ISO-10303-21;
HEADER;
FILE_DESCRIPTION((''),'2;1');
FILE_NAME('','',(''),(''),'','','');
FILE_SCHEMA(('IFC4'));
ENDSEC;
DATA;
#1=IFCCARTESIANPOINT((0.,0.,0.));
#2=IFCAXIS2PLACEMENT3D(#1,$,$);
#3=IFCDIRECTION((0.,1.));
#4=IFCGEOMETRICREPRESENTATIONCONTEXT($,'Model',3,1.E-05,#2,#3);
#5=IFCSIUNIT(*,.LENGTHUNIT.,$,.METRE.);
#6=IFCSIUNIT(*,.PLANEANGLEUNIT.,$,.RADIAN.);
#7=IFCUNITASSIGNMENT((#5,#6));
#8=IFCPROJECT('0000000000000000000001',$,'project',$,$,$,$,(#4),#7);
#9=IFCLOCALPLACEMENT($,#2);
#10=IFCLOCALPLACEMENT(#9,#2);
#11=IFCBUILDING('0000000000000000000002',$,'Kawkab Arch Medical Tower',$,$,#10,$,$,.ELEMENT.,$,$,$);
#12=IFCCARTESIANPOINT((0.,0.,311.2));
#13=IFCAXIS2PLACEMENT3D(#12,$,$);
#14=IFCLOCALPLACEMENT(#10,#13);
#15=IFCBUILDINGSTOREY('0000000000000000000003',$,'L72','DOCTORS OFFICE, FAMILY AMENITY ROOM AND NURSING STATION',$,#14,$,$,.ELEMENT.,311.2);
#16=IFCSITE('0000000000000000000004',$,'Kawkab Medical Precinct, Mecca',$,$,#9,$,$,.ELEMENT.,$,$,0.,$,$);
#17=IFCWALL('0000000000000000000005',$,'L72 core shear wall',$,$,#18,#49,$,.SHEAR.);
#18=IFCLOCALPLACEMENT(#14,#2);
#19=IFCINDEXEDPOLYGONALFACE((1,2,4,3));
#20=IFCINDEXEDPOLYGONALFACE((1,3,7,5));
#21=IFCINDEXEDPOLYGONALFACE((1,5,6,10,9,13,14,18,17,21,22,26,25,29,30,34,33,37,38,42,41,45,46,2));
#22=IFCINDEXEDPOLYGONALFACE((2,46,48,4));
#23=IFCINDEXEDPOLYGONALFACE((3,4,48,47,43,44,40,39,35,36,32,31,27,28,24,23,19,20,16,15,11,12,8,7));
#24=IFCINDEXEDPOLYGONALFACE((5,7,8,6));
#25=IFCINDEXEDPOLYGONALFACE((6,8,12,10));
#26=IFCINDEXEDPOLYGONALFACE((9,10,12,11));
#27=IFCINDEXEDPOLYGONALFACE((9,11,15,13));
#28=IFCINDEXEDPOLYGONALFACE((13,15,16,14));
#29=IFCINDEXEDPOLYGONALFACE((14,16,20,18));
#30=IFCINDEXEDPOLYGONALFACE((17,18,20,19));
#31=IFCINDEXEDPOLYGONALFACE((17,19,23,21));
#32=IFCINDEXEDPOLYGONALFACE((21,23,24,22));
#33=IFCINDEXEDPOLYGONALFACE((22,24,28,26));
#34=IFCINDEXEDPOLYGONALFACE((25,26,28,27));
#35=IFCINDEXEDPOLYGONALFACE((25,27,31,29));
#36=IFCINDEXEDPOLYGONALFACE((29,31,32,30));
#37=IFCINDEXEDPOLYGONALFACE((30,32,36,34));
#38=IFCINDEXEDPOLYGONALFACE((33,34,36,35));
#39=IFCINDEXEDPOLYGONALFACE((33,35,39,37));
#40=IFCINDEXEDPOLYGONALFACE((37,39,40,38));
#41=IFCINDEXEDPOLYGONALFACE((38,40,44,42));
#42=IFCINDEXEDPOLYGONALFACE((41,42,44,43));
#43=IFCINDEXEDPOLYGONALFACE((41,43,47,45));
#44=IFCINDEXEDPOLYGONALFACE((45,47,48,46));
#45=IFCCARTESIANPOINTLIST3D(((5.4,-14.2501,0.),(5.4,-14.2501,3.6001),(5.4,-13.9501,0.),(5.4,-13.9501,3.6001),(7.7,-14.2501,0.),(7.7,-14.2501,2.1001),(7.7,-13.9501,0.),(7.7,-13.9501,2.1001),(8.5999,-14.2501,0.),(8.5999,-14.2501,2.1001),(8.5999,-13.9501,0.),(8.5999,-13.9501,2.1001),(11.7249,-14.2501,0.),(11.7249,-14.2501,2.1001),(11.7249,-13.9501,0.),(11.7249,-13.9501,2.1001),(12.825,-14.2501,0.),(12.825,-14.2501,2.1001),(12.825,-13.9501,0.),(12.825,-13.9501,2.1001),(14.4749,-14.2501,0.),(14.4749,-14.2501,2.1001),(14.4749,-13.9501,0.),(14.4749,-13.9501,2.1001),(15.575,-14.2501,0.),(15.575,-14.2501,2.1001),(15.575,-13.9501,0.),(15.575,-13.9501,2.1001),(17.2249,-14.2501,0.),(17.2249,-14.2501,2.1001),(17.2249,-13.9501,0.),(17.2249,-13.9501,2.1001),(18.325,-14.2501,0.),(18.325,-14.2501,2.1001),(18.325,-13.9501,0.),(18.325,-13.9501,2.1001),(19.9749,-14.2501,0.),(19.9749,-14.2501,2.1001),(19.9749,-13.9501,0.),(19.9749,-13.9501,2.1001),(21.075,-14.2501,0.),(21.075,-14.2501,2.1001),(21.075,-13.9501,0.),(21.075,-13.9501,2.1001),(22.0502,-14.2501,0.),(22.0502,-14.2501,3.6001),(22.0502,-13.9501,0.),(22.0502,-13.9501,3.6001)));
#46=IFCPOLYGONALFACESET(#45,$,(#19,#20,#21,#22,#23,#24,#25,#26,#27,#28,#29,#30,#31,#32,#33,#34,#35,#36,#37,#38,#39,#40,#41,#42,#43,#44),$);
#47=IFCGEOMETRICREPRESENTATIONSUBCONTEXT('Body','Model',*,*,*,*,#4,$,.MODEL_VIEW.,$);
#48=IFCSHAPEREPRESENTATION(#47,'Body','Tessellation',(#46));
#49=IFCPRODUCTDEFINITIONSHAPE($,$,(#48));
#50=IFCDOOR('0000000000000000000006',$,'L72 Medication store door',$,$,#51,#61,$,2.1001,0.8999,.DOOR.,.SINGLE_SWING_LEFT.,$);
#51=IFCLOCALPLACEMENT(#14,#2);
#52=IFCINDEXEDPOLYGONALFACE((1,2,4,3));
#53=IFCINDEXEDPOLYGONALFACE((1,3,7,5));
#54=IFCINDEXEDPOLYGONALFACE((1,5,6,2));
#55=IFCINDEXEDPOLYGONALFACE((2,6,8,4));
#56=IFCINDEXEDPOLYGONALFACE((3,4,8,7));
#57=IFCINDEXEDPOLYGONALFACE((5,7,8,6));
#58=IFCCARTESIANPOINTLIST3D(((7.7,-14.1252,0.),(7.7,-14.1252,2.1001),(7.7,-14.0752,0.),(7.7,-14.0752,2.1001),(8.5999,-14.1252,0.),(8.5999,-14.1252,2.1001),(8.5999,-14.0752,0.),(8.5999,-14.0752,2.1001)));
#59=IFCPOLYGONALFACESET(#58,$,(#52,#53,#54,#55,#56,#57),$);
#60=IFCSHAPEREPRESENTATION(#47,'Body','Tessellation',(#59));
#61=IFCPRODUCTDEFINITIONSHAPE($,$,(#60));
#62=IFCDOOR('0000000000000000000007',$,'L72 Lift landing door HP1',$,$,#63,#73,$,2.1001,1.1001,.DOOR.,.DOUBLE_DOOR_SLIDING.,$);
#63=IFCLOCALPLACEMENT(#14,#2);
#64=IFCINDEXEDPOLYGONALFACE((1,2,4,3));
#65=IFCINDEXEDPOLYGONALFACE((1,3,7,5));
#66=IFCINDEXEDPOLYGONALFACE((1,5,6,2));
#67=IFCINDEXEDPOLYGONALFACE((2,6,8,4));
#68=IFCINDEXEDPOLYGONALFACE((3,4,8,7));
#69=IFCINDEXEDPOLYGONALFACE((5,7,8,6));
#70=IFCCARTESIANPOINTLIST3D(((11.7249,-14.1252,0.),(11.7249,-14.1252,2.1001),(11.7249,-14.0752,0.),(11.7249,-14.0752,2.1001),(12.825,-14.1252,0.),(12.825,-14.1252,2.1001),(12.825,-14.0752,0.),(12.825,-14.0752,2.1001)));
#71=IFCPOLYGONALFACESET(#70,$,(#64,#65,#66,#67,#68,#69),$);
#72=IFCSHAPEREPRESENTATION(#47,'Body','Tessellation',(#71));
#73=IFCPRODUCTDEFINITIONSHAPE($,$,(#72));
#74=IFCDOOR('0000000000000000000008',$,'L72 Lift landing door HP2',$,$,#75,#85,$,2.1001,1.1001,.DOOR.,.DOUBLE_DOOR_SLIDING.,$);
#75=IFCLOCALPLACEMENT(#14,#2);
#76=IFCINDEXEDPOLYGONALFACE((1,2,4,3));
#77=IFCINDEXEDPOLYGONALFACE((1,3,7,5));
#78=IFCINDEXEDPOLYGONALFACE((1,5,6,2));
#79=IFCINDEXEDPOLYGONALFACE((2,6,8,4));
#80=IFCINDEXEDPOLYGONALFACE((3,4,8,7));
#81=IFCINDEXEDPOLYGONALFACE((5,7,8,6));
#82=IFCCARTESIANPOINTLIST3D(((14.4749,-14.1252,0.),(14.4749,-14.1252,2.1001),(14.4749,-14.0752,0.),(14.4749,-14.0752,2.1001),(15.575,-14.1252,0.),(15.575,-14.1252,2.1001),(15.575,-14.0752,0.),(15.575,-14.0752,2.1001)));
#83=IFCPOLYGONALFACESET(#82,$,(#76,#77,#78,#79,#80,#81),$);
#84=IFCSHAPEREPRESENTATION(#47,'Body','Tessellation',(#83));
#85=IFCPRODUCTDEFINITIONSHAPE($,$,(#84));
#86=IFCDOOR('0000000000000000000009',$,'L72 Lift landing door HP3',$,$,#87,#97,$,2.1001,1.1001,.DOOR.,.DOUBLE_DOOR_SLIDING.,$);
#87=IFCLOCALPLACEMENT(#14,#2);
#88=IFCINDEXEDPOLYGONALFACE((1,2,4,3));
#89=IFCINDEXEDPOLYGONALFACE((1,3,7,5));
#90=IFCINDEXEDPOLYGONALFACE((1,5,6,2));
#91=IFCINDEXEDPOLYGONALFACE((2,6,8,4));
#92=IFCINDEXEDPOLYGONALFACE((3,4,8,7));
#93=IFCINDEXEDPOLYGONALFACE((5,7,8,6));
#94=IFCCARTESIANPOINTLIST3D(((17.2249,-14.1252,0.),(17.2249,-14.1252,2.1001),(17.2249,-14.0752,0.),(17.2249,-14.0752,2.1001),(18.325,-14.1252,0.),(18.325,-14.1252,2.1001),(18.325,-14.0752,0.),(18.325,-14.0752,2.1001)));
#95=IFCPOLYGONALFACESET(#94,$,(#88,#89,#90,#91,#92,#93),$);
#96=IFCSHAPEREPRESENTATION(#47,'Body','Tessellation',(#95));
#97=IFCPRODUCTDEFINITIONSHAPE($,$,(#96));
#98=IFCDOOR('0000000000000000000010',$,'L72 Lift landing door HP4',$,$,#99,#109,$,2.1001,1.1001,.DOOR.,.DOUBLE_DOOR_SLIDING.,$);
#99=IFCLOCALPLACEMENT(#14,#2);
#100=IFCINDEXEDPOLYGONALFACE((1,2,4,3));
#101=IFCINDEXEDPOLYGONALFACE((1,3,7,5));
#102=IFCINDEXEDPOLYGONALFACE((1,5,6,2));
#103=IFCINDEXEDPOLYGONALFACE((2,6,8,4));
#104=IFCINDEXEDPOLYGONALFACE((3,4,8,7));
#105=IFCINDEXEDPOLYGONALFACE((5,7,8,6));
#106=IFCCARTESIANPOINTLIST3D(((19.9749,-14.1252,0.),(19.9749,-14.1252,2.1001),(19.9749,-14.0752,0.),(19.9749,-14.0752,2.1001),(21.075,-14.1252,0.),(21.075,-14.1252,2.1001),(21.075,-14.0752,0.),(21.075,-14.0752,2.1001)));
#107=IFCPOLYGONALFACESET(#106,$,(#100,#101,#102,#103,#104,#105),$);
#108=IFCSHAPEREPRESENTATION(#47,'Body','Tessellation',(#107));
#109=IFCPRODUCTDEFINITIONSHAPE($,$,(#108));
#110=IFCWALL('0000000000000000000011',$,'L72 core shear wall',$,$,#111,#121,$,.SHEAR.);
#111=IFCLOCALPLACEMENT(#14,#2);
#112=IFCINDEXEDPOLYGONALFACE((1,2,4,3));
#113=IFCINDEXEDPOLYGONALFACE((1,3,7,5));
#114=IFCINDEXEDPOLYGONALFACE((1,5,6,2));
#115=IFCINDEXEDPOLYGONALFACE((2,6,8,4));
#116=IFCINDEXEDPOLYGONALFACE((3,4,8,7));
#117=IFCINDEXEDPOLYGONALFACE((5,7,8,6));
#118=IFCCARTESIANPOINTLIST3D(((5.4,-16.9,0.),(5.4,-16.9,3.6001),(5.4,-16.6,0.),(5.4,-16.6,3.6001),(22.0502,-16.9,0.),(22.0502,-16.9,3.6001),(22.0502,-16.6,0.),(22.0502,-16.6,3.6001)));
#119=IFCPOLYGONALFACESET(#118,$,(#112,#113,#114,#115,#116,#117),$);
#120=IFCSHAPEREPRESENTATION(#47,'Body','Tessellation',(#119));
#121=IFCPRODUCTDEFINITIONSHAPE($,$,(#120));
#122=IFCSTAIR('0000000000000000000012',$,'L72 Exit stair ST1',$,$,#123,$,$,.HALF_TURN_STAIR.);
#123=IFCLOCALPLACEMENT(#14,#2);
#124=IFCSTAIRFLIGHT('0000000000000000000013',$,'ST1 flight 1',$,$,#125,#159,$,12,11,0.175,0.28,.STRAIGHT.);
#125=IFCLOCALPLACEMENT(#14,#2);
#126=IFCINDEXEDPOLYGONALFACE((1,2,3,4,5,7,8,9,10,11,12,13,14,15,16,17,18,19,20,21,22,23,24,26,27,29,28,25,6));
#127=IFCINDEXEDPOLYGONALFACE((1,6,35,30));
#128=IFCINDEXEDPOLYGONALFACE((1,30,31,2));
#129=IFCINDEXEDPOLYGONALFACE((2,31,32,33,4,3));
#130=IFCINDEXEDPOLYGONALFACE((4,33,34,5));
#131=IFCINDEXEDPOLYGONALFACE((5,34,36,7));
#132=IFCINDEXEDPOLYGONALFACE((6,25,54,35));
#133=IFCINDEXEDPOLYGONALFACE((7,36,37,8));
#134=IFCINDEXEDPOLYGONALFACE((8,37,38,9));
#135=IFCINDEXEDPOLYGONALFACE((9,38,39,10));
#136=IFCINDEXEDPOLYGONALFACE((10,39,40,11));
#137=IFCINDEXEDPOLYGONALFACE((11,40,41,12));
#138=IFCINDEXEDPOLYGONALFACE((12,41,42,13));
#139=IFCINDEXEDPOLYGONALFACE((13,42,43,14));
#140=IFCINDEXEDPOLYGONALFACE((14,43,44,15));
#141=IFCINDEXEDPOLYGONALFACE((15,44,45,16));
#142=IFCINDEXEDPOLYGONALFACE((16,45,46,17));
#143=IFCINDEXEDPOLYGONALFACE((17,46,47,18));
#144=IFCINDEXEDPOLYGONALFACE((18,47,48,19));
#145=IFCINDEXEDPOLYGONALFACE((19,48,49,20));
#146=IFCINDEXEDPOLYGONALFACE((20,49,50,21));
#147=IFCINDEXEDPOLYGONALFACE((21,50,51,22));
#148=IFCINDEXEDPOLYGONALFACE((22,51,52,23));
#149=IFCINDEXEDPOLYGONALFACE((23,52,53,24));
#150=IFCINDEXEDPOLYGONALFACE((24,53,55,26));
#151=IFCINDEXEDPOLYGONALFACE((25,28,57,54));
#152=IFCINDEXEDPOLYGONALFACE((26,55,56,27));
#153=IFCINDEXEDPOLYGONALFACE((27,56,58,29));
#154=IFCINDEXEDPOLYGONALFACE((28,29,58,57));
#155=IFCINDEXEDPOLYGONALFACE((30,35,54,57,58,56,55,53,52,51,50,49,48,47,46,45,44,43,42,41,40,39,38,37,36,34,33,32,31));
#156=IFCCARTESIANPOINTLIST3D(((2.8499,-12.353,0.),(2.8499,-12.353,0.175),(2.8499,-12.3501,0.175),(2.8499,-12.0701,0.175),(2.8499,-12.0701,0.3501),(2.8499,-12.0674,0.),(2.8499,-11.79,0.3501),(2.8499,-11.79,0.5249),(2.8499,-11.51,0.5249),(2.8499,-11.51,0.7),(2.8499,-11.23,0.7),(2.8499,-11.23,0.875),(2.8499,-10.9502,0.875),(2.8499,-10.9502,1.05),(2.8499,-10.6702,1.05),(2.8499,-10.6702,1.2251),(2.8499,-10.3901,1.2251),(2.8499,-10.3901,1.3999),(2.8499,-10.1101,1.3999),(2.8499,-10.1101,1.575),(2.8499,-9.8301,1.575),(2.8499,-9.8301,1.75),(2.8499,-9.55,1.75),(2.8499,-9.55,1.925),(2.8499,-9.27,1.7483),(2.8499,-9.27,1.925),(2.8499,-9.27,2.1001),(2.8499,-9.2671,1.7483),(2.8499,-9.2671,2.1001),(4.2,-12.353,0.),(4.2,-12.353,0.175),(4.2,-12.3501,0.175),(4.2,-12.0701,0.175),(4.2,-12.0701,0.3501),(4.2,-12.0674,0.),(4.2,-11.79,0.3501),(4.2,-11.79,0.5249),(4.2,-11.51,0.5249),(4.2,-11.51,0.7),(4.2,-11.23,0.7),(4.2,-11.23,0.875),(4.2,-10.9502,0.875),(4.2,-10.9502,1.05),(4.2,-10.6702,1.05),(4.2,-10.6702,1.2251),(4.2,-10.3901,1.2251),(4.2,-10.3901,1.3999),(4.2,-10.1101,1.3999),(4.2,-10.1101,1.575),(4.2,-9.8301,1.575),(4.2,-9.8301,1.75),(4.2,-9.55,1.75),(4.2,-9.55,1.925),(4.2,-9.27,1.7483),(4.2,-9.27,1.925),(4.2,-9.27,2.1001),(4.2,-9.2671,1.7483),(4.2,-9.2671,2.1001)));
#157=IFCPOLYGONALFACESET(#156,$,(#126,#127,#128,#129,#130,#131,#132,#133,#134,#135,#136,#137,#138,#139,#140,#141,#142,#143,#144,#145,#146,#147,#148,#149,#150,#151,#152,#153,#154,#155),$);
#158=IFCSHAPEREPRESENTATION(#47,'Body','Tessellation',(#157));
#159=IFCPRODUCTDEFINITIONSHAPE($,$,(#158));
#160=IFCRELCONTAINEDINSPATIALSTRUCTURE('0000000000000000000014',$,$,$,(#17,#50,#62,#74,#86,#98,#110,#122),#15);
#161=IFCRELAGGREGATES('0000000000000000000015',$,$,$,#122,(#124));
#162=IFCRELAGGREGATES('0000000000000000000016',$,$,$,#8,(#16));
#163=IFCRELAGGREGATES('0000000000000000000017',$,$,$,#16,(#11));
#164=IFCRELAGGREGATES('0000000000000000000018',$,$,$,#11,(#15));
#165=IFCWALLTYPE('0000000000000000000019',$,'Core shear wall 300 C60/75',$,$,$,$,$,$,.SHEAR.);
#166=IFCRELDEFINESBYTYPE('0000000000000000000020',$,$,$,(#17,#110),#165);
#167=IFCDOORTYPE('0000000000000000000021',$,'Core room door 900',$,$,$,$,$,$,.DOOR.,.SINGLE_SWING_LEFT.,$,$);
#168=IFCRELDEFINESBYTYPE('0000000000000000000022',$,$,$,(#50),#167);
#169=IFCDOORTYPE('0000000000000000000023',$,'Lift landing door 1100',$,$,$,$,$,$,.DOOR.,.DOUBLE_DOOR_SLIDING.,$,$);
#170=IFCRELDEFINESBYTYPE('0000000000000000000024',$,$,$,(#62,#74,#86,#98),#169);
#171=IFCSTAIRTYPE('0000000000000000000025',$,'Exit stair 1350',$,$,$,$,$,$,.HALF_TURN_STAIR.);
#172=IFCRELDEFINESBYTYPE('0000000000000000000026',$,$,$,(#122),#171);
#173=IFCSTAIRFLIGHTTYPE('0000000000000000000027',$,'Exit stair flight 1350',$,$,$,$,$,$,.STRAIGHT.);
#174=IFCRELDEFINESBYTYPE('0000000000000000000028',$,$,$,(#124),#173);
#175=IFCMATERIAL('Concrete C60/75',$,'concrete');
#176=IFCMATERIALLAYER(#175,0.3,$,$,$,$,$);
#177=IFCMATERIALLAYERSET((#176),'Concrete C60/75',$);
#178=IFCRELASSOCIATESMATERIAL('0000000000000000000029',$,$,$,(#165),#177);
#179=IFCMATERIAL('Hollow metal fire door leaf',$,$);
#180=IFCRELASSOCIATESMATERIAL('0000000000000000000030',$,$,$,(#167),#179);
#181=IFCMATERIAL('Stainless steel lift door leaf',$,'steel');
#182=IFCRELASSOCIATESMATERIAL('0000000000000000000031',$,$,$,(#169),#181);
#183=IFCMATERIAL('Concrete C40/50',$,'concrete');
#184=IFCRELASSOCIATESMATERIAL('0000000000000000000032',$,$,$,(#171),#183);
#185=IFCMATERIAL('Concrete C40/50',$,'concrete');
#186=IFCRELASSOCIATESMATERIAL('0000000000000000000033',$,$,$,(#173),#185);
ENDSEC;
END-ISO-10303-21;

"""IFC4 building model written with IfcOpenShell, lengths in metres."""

from ifc_helpers import new_model, si_unit, direction, frame, frame_2d, origin, place, context, subcontext, project, spatial, polyline, rectangle, outline, extrude, material, layer, layer_set, type_object, element, fill, aggregate, save


model = new_model("IFC4")

# Units and contexts
model_context = context("Model", 3, precision=1e-05, world=origin(), true_north=direction((0.0, 1.0)))
body_context = subcontext(model_context, "Body", "Model", "MODEL_VIEW")
ifc_project = project(units=[si_unit("LENGTHUNIT", "METRE"), si_unit("PLANEANGLEUNIT", "RADIAN")], contexts=[model_context])

# Site, building, storey
site_placement = place(None, origin())
site = spatial("IfcSite", under=ifc_project, at=site_placement, Name="Kawkab Medical Precinct, Mecca", CompositionType="ELEMENT", RefElevation=0.0)
building_placement = place(site_placement, origin())
building = spatial("IfcBuilding", under=site, at=building_placement, Name="Kawkab Arch Medical Tower", CompositionType="ELEMENT")
storey_placement = place(building_placement, frame((0.0, 0.0, 311.2)))
storey = spatial("IfcBuildingStorey", under=building, at=storey_placement, Name="L72", Description="DOCTORS OFFICE, FAMILY AMENITY ROOM AND NURSING STATION", CompositionType="ELEMENT", Elevation=311.2)

# Shared definitions
ifc_material_1 = material(Name="Concrete C60/75", Category="concrete")
ifc_layer_1 = layer(ifc_material_1, 0.3)
ifc_layer_set_1 = layer_set([ifc_layer_1], Name="Concrete C60/75")
wall_type_1 = type_object("IfcWallType", Name="Core shear wall 300 C60/75", PredefinedType="SHEAR", material=ifc_layer_set_1)

# Wall, openings, doors
ifc_material_2 = material(Name="Hollow metal fire door leaf")
door_type_1 = type_object("IfcDoorType", Name="Core room door 900", OperationType="SINGLE_SWING_LEFT", PredefinedType="DOOR", material=ifc_material_2)
wall_1_placement = place(storey_placement, frame((5.3999, -14.1001, 0.0), z_axis=(0.0, 0.0, 1.0), x_axis=(1.0, 0.0, 0.0)))
wall_1 = element("IfcWall", 1, at=wall_1_placement, inside=storey, type_object=wall_type_1, Name="L72 core shear wall", PredefinedType="SHEAR", context=body_context, shape_type="SweptSolid", body=[
    extrude(rectangle(XDim=16.6501, YDim=0.3, at=frame_2d((8.3252, 0.0))), origin(), (0.0, 0.0, 1.0), 3.6001),
])
opening_1_placement = place(wall_1_placement, frame((6.325, 0.0, 0.0)))
opening_1 = element("IfcOpeningElement", 2, at=opening_1_placement, cuts=wall_1, PredefinedType="OPENING", context=body_context, shape_type="SweptSolid", body=[
    extrude(rectangle(XDim=1.1001, YDim=2.1001, at=frame_2d((0.55, 1.05))), frame((0.0, 0.1599, 0.0), z_axis=(0.0, -1.0, 0.0), x_axis=(1.0, 0.0, 0.0)), (0.0, 0.0, 1.0), 0.3201),
])
opening_2_placement = place(wall_1_placement, frame((9.075, 0.0, 0.0)))
opening_2 = element("IfcOpeningElement", 3, at=opening_2_placement, cuts=wall_1, PredefinedType="OPENING", context=body_context, shape_type="SweptSolid", body=[
    extrude(rectangle(XDim=1.1001, YDim=2.1001, at=frame_2d((0.55, 1.05))), frame((0.0, 0.1599, 0.0), z_axis=(0.0, -1.0, 0.0), x_axis=(1.0, 0.0, 0.0)), (0.0, 0.0, 1.0), 0.3201),
])
opening_3_placement = place(wall_1_placement, frame((11.825, 0.0, 0.0)))
opening_3 = element("IfcOpeningElement", 4, at=opening_3_placement, cuts=wall_1, PredefinedType="OPENING", context=body_context, shape_type="SweptSolid", body=[
    extrude(rectangle(XDim=1.1001, YDim=2.1001, at=frame_2d((0.55, 1.05))), frame((0.0, 0.1599, 0.0), z_axis=(0.0, -1.0, 0.0), x_axis=(1.0, 0.0, 0.0)), (0.0, 0.0, 1.0), 0.3201),
])
opening_4_placement = place(wall_1_placement, frame((14.575, 0.0, 0.0)))
opening_4 = element("IfcOpeningElement", 5, at=opening_4_placement, cuts=wall_1, PredefinedType="OPENING", context=body_context, shape_type="SweptSolid", body=[
    extrude(rectangle(XDim=1.1001, YDim=2.1001, at=frame_2d((0.55, 1.05))), frame((0.0, 0.1599, 0.0), z_axis=(0.0, -1.0, 0.0), x_axis=(1.0, 0.0, 0.0)), (0.0, 0.0, 1.0), 0.3201),
])
opening_5_placement = place(wall_1_placement, frame((2.3, 0.0, 0.0)))
opening_5 = element("IfcOpeningElement", 6, at=opening_5_placement, cuts=wall_1, PredefinedType="OPENING", context=body_context, shape_type="SweptSolid", body=[
    extrude(rectangle(XDim=0.8999, YDim=2.1001, at=frame_2d((0.45, 1.05))), frame((0.0, 0.1599, 0.0), z_axis=(0.0, -1.0, 0.0), x_axis=(1.0, 0.0, 0.0)), (0.0, 0.0, 1.0), 0.3201),
])
door_1_placement = place(opening_5_placement, origin())
door_1 = element("IfcDoor", 7, at=door_1_placement, inside=storey, type_object=door_type_1, Name="L72 Medication store door", OperationType="SINGLE_SWING_LEFT", OverallHeight=2.1001, OverallWidth=0.8999, PredefinedType="DOOR", context=body_context, shape_type="SweptSolid", body=[
    extrude(rectangle(XDim=0.8999, YDim=2.1001, at=frame_2d((0.45, 1.05))), frame((0.0, 0.0249, 0.0), z_axis=(0.0, -1.0, 0.0), x_axis=(1.0, 0.0, 0.0)), (0.0, 0.0, 1.0), 0.05),
])
fill(opening_5, door_1)
ifc_material_3 = material(Name="Stainless steel lift door leaf", Category="steel")
door_type_2 = type_object("IfcDoorType", Name="Lift landing door 1100", OperationType="DOUBLE_DOOR_SLIDING", PredefinedType="DOOR", material=ifc_material_3)
door_2_placement = place(opening_1_placement, origin())
door_2 = element("IfcDoor", 8, at=door_2_placement, inside=storey, type_object=door_type_2, Name="L72 Lift landing door HP1", OperationType="DOUBLE_DOOR_SLIDING", OverallHeight=2.1001, OverallWidth=1.1001, PredefinedType="DOOR", context=body_context, shape_type="SweptSolid", body=[
    extrude(rectangle(XDim=1.1001, YDim=2.1001, at=frame_2d((0.55, 1.05))), frame((0.0, 0.0249, 0.0), z_axis=(0.0, -1.0, 0.0), x_axis=(1.0, 0.0, 0.0)), (0.0, 0.0, 1.0), 0.05),
])
fill(opening_1, door_2)
door_3_placement = place(opening_2_placement, origin())
door_3 = element("IfcDoor", 9, at=door_3_placement, inside=storey, type_object=door_type_2, Name="L72 Lift landing door HP2", OperationType="DOUBLE_DOOR_SLIDING", OverallHeight=2.1001, OverallWidth=1.1001, PredefinedType="DOOR", context=body_context, shape_type="SweptSolid", body=[
    extrude(rectangle(XDim=1.1001, YDim=2.1001, at=frame_2d((0.55, 1.05))), frame((0.0, 0.0249, 0.0), z_axis=(0.0, -1.0, 0.0), x_axis=(1.0, 0.0, 0.0)), (0.0, 0.0, 1.0), 0.05),
])
fill(opening_2, door_3)
door_4_placement = place(opening_3_placement, origin())
door_4 = element("IfcDoor", 10, at=door_4_placement, inside=storey, type_object=door_type_2, Name="L72 Lift landing door HP3", OperationType="DOUBLE_DOOR_SLIDING", OverallHeight=2.1001, OverallWidth=1.1001, PredefinedType="DOOR", context=body_context, shape_type="SweptSolid", body=[
    extrude(rectangle(XDim=1.1001, YDim=2.1001, at=frame_2d((0.55, 1.05))), frame((0.0, 0.0249, 0.0), z_axis=(0.0, -1.0, 0.0), x_axis=(1.0, 0.0, 0.0)), (0.0, 0.0, 1.0), 0.05),
])
fill(opening_3, door_4)
door_5_placement = place(opening_4_placement, origin())
door_5 = element("IfcDoor", 11, at=door_5_placement, inside=storey, type_object=door_type_2, Name="L72 Lift landing door HP4", OperationType="DOUBLE_DOOR_SLIDING", OverallHeight=2.1001, OverallWidth=1.1001, PredefinedType="DOOR", context=body_context, shape_type="SweptSolid", body=[
    extrude(rectangle(XDim=1.1001, YDim=2.1001, at=frame_2d((0.55, 1.05))), frame((0.0, 0.0249, 0.0), z_axis=(0.0, -1.0, 0.0), x_axis=(1.0, 0.0, 0.0)), (0.0, 0.0, 1.0), 0.05),
])
fill(opening_4, door_5)

# Wall
wall_2_placement = place(storey_placement, frame((5.3999, -16.75, 0.0), z_axis=(0.0, 0.0, 1.0), x_axis=(1.0, 0.0, 0.0)))
element("IfcWall", 12, at=wall_2_placement, inside=storey, type_object=wall_type_1, Name="L72 core shear wall", PredefinedType="SHEAR", context=body_context, shape_type="SweptSolid", body=[
    extrude(rectangle(XDim=16.6501, YDim=0.3, at=frame_2d((8.3252, 0.0))), origin(), (0.0, 0.0, 1.0), 3.6001),
])

# Stair, stair flight
ifc_material_4 = material(Name="Concrete C40/50", Category="concrete")
stair_type = type_object("IfcStairType", Name="Exit stair 1350", PredefinedType="HALF_TURN_STAIR", material=ifc_material_4)
stair_placement = place(storey_placement, origin())
stair = element("IfcStair", 13, at=stair_placement, inside=storey, type_object=stair_type, Name="L72 Exit stair ST1", PredefinedType="HALF_TURN_STAIR")
ifc_material_5 = material(Name="Concrete C40/50", Category="concrete")
stair_flight_type = type_object("IfcStairFlightType", Name="Exit stair flight 1350", PredefinedType="STRAIGHT", material=ifc_material_5)
stair_flight_placement = place(storey_placement, frame((3.5249, -12.3501, 0.0), z_axis=(0.0, 0.0, 1.0), x_axis=(0.0, 1.0, 0.0)))
stair_flight = element("IfcStairFlight", 14, at=stair_flight_placement, type_object=stair_flight_type, Name="ST1 flight 1", NumberOfRisers=12, NumberOfTreads=11, PredefinedType="STRAIGHT", RiserHeight=0.175, TreadLength=0.28, context=body_context, shape_type="SweptSolid", body=[
    extrude(outline(polyline([(-0.0029, 0.0), (-0.0029, 0.175), (0.0, 0.175), (0.28, 0.175), (0.28, 0.3501), (0.5601, 0.3501), (0.5601, 0.5249), (0.8401, 0.5249), (0.8401, 0.7), (1.1201, 0.7), (1.1201, 0.875), (1.3999, 0.875), (1.3999, 1.05), (1.6799, 1.05), (1.6799, 1.2251), (1.96, 1.2251), (1.96, 1.3999), (2.24, 1.3999), (2.24, 1.575), (2.52, 1.575), (2.52, 1.75), (2.8, 1.75), (2.8, 1.925), (3.0801, 1.925), (3.0801, 2.1001), (3.083, 2.1001), (3.083, 1.7483), (3.0801, 1.7483), (0.2827, 0.0), (-0.0029, 0.0)])), frame((0.0, 0.675, 0.0), z_axis=(0.0, -1.0, 0.0), x_axis=(1.0, 0.0, 0.0)), (0.0, 0.0, 1.0), 1.3501),
])
aggregate(stair, [stair_flight])

save(model, "model.ifc")
